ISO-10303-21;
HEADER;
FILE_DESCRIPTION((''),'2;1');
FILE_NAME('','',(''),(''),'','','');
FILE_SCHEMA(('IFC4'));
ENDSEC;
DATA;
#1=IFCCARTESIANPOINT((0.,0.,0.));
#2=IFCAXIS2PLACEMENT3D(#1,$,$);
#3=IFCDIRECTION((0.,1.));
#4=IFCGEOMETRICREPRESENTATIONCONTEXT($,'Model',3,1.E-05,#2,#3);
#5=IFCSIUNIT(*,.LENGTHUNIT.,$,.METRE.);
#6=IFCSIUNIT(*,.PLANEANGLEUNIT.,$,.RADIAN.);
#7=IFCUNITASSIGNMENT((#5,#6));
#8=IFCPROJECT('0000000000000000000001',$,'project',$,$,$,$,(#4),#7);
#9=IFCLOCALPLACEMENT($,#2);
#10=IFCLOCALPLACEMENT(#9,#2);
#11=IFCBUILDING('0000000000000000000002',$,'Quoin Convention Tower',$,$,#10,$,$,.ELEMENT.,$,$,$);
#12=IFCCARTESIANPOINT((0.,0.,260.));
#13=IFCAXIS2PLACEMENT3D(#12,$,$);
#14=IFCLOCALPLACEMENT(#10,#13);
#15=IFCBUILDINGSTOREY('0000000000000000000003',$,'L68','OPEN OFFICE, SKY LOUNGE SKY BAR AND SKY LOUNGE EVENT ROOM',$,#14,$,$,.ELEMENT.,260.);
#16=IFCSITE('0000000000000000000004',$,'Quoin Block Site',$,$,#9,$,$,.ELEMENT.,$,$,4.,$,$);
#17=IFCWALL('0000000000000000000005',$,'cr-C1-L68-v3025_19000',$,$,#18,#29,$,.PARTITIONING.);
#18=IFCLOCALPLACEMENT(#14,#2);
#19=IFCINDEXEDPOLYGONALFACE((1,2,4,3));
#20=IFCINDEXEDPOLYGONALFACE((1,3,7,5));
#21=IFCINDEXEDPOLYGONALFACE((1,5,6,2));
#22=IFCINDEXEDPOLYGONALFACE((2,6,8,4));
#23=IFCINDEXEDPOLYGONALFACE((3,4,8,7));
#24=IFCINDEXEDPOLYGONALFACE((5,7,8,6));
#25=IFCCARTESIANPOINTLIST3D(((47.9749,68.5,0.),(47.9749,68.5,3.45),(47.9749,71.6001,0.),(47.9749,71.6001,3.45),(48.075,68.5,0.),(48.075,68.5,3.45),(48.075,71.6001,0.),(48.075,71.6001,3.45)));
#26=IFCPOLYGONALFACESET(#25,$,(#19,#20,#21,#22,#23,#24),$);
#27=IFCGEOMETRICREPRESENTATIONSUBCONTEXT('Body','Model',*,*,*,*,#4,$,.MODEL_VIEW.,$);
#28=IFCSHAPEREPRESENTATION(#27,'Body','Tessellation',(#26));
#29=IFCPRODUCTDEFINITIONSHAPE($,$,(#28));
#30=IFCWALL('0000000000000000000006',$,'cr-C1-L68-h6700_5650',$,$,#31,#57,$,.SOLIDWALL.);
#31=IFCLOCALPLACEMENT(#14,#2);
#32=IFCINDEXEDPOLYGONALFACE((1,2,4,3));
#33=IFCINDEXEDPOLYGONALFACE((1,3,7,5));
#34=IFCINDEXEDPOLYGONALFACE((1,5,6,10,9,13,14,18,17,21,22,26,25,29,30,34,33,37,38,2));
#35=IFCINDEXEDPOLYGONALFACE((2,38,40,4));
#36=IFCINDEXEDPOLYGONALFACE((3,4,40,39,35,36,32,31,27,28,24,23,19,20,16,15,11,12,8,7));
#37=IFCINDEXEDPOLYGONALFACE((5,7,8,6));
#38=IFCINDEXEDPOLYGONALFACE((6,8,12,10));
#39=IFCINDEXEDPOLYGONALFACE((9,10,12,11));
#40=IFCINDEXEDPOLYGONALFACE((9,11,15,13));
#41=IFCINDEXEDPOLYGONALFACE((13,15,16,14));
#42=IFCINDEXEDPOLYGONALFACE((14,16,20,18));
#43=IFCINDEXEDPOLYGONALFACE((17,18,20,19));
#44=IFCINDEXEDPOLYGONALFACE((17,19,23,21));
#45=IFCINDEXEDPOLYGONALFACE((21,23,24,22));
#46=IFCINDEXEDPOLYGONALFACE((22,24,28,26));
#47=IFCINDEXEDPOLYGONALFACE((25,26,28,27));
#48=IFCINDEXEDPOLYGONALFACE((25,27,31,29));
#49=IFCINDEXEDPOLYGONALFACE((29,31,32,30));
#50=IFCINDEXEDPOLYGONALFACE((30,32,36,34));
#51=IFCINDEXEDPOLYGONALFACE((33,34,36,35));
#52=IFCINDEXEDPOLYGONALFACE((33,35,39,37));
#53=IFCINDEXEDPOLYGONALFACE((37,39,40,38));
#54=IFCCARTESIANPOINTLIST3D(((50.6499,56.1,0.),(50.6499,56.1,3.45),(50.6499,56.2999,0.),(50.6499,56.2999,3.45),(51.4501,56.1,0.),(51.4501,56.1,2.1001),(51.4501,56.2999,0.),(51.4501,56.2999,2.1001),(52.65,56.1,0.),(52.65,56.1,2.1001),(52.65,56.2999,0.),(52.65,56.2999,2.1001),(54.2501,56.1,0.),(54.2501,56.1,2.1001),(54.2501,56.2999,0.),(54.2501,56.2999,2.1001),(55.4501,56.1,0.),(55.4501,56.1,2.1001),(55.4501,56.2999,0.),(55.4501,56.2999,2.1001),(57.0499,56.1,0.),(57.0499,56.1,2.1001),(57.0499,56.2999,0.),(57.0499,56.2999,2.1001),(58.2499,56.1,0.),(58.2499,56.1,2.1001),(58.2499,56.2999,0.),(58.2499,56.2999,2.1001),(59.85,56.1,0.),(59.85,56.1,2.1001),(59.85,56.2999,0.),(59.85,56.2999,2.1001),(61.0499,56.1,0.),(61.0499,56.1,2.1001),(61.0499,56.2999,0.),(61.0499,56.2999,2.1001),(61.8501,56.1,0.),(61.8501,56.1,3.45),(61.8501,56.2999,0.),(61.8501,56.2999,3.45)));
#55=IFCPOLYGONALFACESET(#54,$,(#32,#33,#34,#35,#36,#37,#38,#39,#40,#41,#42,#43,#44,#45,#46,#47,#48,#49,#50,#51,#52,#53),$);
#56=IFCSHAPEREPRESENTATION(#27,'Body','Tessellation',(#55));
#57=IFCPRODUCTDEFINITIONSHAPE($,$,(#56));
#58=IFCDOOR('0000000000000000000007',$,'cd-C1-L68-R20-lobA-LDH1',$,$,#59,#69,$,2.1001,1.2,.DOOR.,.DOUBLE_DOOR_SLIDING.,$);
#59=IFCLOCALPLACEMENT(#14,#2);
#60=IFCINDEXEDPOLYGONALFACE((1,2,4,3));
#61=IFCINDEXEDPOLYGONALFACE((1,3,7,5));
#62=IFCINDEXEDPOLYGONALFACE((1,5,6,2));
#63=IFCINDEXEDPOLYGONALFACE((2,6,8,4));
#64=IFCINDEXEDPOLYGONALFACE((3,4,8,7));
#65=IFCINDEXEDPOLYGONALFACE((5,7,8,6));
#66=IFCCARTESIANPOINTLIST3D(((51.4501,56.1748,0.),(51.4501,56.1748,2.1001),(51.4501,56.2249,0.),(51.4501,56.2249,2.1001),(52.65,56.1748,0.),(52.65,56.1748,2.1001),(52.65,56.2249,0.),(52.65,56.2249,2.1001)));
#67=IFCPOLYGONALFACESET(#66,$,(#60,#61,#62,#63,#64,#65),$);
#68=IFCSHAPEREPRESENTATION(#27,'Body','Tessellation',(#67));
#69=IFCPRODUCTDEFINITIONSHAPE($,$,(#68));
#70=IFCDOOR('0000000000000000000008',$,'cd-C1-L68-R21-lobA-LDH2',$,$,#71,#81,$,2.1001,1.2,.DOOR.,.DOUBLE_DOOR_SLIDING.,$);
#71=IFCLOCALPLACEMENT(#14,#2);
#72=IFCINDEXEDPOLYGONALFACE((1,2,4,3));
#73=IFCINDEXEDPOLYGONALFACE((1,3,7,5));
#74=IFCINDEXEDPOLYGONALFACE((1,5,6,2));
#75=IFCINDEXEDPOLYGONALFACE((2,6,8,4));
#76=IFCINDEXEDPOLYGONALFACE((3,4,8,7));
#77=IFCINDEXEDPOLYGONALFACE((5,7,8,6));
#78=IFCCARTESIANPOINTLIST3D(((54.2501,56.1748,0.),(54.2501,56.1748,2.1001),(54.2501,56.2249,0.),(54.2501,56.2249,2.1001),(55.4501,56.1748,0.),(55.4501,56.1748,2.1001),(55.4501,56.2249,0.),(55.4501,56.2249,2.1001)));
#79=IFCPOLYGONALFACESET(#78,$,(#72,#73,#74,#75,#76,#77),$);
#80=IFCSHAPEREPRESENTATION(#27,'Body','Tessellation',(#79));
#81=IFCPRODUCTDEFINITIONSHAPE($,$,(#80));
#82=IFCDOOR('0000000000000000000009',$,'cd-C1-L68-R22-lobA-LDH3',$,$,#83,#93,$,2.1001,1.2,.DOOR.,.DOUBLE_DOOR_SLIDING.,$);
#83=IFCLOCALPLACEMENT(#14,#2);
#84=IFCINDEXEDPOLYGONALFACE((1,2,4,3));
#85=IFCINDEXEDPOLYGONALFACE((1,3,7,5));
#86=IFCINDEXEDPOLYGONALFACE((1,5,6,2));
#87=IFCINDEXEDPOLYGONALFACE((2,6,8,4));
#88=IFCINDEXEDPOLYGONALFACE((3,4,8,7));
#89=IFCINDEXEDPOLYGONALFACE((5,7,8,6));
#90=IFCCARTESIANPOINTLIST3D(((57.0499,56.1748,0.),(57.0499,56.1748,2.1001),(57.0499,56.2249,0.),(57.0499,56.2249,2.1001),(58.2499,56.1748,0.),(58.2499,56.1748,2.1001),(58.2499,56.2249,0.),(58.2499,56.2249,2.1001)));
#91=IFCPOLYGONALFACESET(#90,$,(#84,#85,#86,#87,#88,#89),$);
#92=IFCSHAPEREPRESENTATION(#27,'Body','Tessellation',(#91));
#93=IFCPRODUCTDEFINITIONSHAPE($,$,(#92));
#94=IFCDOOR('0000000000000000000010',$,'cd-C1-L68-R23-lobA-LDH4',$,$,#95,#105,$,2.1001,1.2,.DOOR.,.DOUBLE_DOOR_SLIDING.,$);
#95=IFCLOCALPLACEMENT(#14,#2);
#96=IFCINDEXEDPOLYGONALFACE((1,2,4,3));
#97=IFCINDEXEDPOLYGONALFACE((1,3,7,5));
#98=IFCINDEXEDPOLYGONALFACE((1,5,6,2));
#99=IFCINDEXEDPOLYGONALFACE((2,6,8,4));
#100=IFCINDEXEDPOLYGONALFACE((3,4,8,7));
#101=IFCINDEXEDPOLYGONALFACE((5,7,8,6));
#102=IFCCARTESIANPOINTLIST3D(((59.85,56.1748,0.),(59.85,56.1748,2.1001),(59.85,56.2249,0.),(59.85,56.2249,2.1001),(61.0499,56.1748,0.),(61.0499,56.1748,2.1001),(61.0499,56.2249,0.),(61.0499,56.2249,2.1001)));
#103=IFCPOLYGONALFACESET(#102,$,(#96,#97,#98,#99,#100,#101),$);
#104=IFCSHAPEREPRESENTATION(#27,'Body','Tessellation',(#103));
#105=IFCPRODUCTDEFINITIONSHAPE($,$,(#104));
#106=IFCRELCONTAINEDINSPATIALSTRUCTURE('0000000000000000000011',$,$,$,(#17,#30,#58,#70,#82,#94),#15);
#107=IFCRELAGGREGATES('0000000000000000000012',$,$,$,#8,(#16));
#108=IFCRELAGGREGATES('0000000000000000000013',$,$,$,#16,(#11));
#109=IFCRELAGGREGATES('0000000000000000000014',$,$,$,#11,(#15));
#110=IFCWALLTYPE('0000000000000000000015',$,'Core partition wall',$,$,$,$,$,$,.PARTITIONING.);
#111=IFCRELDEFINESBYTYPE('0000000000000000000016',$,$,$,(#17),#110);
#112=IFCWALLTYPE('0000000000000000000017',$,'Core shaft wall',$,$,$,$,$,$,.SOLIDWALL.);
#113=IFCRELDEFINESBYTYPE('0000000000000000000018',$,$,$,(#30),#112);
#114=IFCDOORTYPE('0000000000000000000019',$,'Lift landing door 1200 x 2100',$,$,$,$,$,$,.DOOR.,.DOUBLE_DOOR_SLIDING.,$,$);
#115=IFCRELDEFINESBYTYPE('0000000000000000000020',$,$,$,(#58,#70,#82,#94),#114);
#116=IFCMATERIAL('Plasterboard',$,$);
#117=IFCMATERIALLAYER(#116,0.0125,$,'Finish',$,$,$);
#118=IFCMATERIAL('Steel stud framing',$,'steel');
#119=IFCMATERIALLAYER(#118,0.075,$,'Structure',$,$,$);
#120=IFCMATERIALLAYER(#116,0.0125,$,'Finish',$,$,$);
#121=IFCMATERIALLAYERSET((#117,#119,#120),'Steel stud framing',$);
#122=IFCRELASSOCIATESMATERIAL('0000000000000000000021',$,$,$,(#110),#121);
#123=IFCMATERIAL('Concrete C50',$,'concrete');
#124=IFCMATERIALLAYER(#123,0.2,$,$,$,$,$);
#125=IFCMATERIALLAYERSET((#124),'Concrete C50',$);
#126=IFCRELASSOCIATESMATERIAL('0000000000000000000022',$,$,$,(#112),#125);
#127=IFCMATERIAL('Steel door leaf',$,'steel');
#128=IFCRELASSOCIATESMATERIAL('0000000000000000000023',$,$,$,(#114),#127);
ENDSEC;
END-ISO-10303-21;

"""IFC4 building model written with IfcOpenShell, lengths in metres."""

from ifc_helpers import new_model, si_unit, direction, frame, frame_2d, origin, place, context, subcontext, project, spatial, rectangle, extrude, material, layer, layer_set, type_object, element, fill, save


model = new_model("IFC4")

# Units and contexts
model_context = context("Model", 3, precision=1e-05, world=origin(), true_north=direction((0.0, 1.0)))
body_context = subcontext(model_context, "Body", "Model", "MODEL_VIEW")
ifc_project = project(units=[si_unit("LENGTHUNIT", "METRE"), si_unit("PLANEANGLEUNIT", "RADIAN")], contexts=[model_context])

# Site, building, storey
site_placement = place(None, origin())
site = spatial("IfcSite", under=ifc_project, at=site_placement, Name="Quoin Block Site", CompositionType="ELEMENT", RefElevation=4.0)
building_placement = place(site_placement, origin())
building = spatial("IfcBuilding", under=site, at=building_placement, Name="Quoin Convention Tower", CompositionType="ELEMENT")
storey_placement = place(building_placement, frame((0.0, 0.0, 260.0)))
storey = spatial("IfcBuildingStorey", under=building, at=storey_placement, Name="L68", Description="OPEN OFFICE, SKY LOUNGE SKY BAR AND SKY LOUNGE EVENT ROOM", CompositionType="ELEMENT", Elevation=260.0)

# Wall
ifc_material_1 = material(Name="Plasterboard")
ifc_layer_1 = layer(ifc_material_1, 0.0125, Name="Finish")
ifc_material_2 = material(Name="Steel stud framing", Category="steel")
ifc_layer_2 = layer(ifc_material_2, 0.075, Name="Structure")
ifc_layer_3 = layer(ifc_material_1, 0.0125, Name="Finish")
ifc_layer_set_1 = layer_set([ifc_layer_1, ifc_layer_2, ifc_layer_3], Name="Steel stud framing")
wall_type_1 = type_object("IfcWallType", Name="Core partition wall", PredefinedType="PARTITIONING", material=ifc_layer_set_1)
wall_1_placement = place(storey_placement, frame((48.0249, 68.5, 0.0), z_axis=(0.0, 0.0, 1.0), x_axis=(0.0, 1.0, 0.0)))
element("IfcWall", 1, at=wall_1_placement, inside=storey, type_object=wall_type_1, Name="cr-C1-L68-v3025_19000", PredefinedType="PARTITIONING", context=body_context, shape_type="SweptSolid", body=[
    extrude(rectangle(XDim=3.1001, YDim=0.1001, at=frame_2d((1.55, 0.0))), origin(), (0.0, 0.0, 1.0), 3.45),
])

# Wall, openings, doors
ifc_material_3 = material(Name="Concrete C50", Category="concrete")
ifc_layer_4 = layer(ifc_material_3, 0.2)
ifc_layer_set_2 = layer_set([ifc_layer_4], Name="Concrete C50")
wall_type_2 = type_object("IfcWallType", Name="Core shaft wall", PredefinedType="SOLIDWALL", material=ifc_layer_set_2)
wall_2_placement = place(storey_placement, frame((50.6499, 56.2, 0.0), z_axis=(0.0, 0.0, 1.0), x_axis=(1.0, 0.0, 0.0)))
wall_2 = element("IfcWall", 2, at=wall_2_placement, inside=storey, type_object=wall_type_2, Name="cr-C1-L68-h6700_5650", PredefinedType="SOLIDWALL", context=body_context, shape_type="SweptSolid", body=[
    extrude(rectangle(XDim=11.2002, YDim=0.2, at=frame_2d((5.6001, 0.0))), origin(), (0.0, 0.0, 1.0), 3.45),
])
opening_1_placement = place(wall_2_placement, frame((0.8, 0.0, 0.0)))
opening_1 = element("IfcOpeningElement", 3, at=opening_1_placement, cuts=wall_2, PredefinedType="OPENING", context=body_context, shape_type="SweptSolid", body=[
    extrude(rectangle(XDim=1.2, YDim=2.1001, at=frame_2d((0.6001, 1.05))), frame((0.0, 0.1099, 0.0), z_axis=(0.0, -1.0, 0.0), x_axis=(1.0, 0.0, 0.0)), (0.0, 0.0, 1.0), 0.22),
])
opening_2_placement = place(wall_2_placement, frame((3.6001, 0.0, 0.0)))
opening_2 = element("IfcOpeningElement", 4, at=opening_2_placement, cuts=wall_2, PredefinedType="OPENING", context=body_context, shape_type="SweptSolid", body=[
    extrude(rectangle(XDim=1.2, YDim=2.1001, at=frame_2d((0.6001, 1.05))), frame((0.0, 0.1099, 0.0), z_axis=(0.0, -1.0, 0.0), x_axis=(1.0, 0.0, 0.0)), (0.0, 0.0, 1.0), 0.22),
])
opening_3_placement = place(wall_2_placement, frame((6.3999, 0.0, 0.0)))
opening_3 = element("IfcOpeningElement", 5, at=opening_3_placement, cuts=wall_2, PredefinedType="OPENING", context=body_context, shape_type="SweptSolid", body=[
    extrude(rectangle(XDim=1.2, YDim=2.1001, at=frame_2d((0.6001, 1.05))), frame((0.0, 0.1099, 0.0), z_axis=(0.0, -1.0, 0.0), x_axis=(1.0, 0.0, 0.0)), (0.0, 0.0, 1.0), 0.22),
])
opening_4_placement = place(wall_2_placement, frame((9.2, 0.0, 0.0)))
opening_4 = element("IfcOpeningElement", 6, at=opening_4_placement, cuts=wall_2, PredefinedType="OPENING", context=body_context, shape_type="SweptSolid", body=[
    extrude(rectangle(XDim=1.2, YDim=2.1001, at=frame_2d((0.6001, 1.05))), frame((0.0, 0.1099, 0.0), z_axis=(0.0, -1.0, 0.0), x_axis=(1.0, 0.0, 0.0)), (0.0, 0.0, 1.0), 0.22),
])
ifc_material_4 = material(Name="Steel door leaf", Category="steel")
door_type_1 = type_object("IfcDoorType", Name="Lift landing door 1200 x 2100", OperationType="DOUBLE_DOOR_SLIDING", PredefinedType="DOOR", material=ifc_material_4)
door_1_placement = place(opening_1_placement, origin())
door_1 = element("IfcDoor", 7, at=door_1_placement, inside=storey, type_object=door_type_1, Name="cd-C1-L68-R20-lobA-LDH1", OperationType="DOUBLE_DOOR_SLIDING", OverallHeight=2.1001, OverallWidth=1.2, PredefinedType="DOOR", context=body_context, shape_type="SweptSolid", body=[
    extrude(rectangle(XDim=1.2, YDim=2.1001, at=frame_2d((0.6001, 1.05))), frame((0.0, 0.0249, 0.0), z_axis=(0.0, -1.0, 0.0), x_axis=(1.0, 0.0, 0.0)), (0.0, 0.0, 1.0), 0.05),
])
fill(opening_1, door_1)
door_2_placement = place(opening_2_placement, origin())
door_2 = element("IfcDoor", 8, at=door_2_placement, inside=storey, type_object=door_type_1, Name="cd-C1-L68-R21-lobA-LDH2", OperationType="DOUBLE_DOOR_SLIDING", OverallHeight=2.1001, OverallWidth=1.2, PredefinedType="DOOR", context=body_context, shape_type="SweptSolid", body=[
    extrude(rectangle(XDim=1.2, YDim=2.1001, at=frame_2d((0.6001, 1.05))), frame((0.0, 0.0249, 0.0), z_axis=(0.0, -1.0, 0.0), x_axis=(1.0, 0.0, 0.0)), (0.0, 0.0, 1.0), 0.05),
])
fill(opening_2, door_2)
door_3_placement = place(opening_3_placement, origin())
door_3 = element("IfcDoor", 9, at=door_3_placement, inside=storey, type_object=door_type_1, Name="cd-C1-L68-R22-lobA-LDH3", OperationType="DOUBLE_DOOR_SLIDING", OverallHeight=2.1001, OverallWidth=1.2, PredefinedType="DOOR", context=body_context, shape_type="SweptSolid", body=[
    extrude(rectangle(XDim=1.2, YDim=2.1001, at=frame_2d((0.6001, 1.05))), frame((0.0, 0.0249, 0.0), z_axis=(0.0, -1.0, 0.0), x_axis=(1.0, 0.0, 0.0)), (0.0, 0.0, 1.0), 0.05),
])
fill(opening_3, door_3)
door_4_placement = place(opening_4_placement, origin())
door_4 = element("IfcDoor", 10, at=door_4_placement, inside=storey, type_object=door_type_1, Name="cd-C1-L68-R23-lobA-LDH4", OperationType="DOUBLE_DOOR_SLIDING", OverallHeight=2.1001, OverallWidth=1.2, PredefinedType="DOOR", context=body_context, shape_type="SweptSolid", body=[
    extrude(rectangle(XDim=1.2, YDim=2.1001, at=frame_2d((0.6001, 1.05))), frame((0.0, 0.0249, 0.0), z_axis=(0.0, -1.0, 0.0), x_axis=(1.0, 0.0, 0.0)), (0.0, 0.0, 1.0), 0.05),
])
fill(opening_4, door_4)

save(model, "model.ifc")
